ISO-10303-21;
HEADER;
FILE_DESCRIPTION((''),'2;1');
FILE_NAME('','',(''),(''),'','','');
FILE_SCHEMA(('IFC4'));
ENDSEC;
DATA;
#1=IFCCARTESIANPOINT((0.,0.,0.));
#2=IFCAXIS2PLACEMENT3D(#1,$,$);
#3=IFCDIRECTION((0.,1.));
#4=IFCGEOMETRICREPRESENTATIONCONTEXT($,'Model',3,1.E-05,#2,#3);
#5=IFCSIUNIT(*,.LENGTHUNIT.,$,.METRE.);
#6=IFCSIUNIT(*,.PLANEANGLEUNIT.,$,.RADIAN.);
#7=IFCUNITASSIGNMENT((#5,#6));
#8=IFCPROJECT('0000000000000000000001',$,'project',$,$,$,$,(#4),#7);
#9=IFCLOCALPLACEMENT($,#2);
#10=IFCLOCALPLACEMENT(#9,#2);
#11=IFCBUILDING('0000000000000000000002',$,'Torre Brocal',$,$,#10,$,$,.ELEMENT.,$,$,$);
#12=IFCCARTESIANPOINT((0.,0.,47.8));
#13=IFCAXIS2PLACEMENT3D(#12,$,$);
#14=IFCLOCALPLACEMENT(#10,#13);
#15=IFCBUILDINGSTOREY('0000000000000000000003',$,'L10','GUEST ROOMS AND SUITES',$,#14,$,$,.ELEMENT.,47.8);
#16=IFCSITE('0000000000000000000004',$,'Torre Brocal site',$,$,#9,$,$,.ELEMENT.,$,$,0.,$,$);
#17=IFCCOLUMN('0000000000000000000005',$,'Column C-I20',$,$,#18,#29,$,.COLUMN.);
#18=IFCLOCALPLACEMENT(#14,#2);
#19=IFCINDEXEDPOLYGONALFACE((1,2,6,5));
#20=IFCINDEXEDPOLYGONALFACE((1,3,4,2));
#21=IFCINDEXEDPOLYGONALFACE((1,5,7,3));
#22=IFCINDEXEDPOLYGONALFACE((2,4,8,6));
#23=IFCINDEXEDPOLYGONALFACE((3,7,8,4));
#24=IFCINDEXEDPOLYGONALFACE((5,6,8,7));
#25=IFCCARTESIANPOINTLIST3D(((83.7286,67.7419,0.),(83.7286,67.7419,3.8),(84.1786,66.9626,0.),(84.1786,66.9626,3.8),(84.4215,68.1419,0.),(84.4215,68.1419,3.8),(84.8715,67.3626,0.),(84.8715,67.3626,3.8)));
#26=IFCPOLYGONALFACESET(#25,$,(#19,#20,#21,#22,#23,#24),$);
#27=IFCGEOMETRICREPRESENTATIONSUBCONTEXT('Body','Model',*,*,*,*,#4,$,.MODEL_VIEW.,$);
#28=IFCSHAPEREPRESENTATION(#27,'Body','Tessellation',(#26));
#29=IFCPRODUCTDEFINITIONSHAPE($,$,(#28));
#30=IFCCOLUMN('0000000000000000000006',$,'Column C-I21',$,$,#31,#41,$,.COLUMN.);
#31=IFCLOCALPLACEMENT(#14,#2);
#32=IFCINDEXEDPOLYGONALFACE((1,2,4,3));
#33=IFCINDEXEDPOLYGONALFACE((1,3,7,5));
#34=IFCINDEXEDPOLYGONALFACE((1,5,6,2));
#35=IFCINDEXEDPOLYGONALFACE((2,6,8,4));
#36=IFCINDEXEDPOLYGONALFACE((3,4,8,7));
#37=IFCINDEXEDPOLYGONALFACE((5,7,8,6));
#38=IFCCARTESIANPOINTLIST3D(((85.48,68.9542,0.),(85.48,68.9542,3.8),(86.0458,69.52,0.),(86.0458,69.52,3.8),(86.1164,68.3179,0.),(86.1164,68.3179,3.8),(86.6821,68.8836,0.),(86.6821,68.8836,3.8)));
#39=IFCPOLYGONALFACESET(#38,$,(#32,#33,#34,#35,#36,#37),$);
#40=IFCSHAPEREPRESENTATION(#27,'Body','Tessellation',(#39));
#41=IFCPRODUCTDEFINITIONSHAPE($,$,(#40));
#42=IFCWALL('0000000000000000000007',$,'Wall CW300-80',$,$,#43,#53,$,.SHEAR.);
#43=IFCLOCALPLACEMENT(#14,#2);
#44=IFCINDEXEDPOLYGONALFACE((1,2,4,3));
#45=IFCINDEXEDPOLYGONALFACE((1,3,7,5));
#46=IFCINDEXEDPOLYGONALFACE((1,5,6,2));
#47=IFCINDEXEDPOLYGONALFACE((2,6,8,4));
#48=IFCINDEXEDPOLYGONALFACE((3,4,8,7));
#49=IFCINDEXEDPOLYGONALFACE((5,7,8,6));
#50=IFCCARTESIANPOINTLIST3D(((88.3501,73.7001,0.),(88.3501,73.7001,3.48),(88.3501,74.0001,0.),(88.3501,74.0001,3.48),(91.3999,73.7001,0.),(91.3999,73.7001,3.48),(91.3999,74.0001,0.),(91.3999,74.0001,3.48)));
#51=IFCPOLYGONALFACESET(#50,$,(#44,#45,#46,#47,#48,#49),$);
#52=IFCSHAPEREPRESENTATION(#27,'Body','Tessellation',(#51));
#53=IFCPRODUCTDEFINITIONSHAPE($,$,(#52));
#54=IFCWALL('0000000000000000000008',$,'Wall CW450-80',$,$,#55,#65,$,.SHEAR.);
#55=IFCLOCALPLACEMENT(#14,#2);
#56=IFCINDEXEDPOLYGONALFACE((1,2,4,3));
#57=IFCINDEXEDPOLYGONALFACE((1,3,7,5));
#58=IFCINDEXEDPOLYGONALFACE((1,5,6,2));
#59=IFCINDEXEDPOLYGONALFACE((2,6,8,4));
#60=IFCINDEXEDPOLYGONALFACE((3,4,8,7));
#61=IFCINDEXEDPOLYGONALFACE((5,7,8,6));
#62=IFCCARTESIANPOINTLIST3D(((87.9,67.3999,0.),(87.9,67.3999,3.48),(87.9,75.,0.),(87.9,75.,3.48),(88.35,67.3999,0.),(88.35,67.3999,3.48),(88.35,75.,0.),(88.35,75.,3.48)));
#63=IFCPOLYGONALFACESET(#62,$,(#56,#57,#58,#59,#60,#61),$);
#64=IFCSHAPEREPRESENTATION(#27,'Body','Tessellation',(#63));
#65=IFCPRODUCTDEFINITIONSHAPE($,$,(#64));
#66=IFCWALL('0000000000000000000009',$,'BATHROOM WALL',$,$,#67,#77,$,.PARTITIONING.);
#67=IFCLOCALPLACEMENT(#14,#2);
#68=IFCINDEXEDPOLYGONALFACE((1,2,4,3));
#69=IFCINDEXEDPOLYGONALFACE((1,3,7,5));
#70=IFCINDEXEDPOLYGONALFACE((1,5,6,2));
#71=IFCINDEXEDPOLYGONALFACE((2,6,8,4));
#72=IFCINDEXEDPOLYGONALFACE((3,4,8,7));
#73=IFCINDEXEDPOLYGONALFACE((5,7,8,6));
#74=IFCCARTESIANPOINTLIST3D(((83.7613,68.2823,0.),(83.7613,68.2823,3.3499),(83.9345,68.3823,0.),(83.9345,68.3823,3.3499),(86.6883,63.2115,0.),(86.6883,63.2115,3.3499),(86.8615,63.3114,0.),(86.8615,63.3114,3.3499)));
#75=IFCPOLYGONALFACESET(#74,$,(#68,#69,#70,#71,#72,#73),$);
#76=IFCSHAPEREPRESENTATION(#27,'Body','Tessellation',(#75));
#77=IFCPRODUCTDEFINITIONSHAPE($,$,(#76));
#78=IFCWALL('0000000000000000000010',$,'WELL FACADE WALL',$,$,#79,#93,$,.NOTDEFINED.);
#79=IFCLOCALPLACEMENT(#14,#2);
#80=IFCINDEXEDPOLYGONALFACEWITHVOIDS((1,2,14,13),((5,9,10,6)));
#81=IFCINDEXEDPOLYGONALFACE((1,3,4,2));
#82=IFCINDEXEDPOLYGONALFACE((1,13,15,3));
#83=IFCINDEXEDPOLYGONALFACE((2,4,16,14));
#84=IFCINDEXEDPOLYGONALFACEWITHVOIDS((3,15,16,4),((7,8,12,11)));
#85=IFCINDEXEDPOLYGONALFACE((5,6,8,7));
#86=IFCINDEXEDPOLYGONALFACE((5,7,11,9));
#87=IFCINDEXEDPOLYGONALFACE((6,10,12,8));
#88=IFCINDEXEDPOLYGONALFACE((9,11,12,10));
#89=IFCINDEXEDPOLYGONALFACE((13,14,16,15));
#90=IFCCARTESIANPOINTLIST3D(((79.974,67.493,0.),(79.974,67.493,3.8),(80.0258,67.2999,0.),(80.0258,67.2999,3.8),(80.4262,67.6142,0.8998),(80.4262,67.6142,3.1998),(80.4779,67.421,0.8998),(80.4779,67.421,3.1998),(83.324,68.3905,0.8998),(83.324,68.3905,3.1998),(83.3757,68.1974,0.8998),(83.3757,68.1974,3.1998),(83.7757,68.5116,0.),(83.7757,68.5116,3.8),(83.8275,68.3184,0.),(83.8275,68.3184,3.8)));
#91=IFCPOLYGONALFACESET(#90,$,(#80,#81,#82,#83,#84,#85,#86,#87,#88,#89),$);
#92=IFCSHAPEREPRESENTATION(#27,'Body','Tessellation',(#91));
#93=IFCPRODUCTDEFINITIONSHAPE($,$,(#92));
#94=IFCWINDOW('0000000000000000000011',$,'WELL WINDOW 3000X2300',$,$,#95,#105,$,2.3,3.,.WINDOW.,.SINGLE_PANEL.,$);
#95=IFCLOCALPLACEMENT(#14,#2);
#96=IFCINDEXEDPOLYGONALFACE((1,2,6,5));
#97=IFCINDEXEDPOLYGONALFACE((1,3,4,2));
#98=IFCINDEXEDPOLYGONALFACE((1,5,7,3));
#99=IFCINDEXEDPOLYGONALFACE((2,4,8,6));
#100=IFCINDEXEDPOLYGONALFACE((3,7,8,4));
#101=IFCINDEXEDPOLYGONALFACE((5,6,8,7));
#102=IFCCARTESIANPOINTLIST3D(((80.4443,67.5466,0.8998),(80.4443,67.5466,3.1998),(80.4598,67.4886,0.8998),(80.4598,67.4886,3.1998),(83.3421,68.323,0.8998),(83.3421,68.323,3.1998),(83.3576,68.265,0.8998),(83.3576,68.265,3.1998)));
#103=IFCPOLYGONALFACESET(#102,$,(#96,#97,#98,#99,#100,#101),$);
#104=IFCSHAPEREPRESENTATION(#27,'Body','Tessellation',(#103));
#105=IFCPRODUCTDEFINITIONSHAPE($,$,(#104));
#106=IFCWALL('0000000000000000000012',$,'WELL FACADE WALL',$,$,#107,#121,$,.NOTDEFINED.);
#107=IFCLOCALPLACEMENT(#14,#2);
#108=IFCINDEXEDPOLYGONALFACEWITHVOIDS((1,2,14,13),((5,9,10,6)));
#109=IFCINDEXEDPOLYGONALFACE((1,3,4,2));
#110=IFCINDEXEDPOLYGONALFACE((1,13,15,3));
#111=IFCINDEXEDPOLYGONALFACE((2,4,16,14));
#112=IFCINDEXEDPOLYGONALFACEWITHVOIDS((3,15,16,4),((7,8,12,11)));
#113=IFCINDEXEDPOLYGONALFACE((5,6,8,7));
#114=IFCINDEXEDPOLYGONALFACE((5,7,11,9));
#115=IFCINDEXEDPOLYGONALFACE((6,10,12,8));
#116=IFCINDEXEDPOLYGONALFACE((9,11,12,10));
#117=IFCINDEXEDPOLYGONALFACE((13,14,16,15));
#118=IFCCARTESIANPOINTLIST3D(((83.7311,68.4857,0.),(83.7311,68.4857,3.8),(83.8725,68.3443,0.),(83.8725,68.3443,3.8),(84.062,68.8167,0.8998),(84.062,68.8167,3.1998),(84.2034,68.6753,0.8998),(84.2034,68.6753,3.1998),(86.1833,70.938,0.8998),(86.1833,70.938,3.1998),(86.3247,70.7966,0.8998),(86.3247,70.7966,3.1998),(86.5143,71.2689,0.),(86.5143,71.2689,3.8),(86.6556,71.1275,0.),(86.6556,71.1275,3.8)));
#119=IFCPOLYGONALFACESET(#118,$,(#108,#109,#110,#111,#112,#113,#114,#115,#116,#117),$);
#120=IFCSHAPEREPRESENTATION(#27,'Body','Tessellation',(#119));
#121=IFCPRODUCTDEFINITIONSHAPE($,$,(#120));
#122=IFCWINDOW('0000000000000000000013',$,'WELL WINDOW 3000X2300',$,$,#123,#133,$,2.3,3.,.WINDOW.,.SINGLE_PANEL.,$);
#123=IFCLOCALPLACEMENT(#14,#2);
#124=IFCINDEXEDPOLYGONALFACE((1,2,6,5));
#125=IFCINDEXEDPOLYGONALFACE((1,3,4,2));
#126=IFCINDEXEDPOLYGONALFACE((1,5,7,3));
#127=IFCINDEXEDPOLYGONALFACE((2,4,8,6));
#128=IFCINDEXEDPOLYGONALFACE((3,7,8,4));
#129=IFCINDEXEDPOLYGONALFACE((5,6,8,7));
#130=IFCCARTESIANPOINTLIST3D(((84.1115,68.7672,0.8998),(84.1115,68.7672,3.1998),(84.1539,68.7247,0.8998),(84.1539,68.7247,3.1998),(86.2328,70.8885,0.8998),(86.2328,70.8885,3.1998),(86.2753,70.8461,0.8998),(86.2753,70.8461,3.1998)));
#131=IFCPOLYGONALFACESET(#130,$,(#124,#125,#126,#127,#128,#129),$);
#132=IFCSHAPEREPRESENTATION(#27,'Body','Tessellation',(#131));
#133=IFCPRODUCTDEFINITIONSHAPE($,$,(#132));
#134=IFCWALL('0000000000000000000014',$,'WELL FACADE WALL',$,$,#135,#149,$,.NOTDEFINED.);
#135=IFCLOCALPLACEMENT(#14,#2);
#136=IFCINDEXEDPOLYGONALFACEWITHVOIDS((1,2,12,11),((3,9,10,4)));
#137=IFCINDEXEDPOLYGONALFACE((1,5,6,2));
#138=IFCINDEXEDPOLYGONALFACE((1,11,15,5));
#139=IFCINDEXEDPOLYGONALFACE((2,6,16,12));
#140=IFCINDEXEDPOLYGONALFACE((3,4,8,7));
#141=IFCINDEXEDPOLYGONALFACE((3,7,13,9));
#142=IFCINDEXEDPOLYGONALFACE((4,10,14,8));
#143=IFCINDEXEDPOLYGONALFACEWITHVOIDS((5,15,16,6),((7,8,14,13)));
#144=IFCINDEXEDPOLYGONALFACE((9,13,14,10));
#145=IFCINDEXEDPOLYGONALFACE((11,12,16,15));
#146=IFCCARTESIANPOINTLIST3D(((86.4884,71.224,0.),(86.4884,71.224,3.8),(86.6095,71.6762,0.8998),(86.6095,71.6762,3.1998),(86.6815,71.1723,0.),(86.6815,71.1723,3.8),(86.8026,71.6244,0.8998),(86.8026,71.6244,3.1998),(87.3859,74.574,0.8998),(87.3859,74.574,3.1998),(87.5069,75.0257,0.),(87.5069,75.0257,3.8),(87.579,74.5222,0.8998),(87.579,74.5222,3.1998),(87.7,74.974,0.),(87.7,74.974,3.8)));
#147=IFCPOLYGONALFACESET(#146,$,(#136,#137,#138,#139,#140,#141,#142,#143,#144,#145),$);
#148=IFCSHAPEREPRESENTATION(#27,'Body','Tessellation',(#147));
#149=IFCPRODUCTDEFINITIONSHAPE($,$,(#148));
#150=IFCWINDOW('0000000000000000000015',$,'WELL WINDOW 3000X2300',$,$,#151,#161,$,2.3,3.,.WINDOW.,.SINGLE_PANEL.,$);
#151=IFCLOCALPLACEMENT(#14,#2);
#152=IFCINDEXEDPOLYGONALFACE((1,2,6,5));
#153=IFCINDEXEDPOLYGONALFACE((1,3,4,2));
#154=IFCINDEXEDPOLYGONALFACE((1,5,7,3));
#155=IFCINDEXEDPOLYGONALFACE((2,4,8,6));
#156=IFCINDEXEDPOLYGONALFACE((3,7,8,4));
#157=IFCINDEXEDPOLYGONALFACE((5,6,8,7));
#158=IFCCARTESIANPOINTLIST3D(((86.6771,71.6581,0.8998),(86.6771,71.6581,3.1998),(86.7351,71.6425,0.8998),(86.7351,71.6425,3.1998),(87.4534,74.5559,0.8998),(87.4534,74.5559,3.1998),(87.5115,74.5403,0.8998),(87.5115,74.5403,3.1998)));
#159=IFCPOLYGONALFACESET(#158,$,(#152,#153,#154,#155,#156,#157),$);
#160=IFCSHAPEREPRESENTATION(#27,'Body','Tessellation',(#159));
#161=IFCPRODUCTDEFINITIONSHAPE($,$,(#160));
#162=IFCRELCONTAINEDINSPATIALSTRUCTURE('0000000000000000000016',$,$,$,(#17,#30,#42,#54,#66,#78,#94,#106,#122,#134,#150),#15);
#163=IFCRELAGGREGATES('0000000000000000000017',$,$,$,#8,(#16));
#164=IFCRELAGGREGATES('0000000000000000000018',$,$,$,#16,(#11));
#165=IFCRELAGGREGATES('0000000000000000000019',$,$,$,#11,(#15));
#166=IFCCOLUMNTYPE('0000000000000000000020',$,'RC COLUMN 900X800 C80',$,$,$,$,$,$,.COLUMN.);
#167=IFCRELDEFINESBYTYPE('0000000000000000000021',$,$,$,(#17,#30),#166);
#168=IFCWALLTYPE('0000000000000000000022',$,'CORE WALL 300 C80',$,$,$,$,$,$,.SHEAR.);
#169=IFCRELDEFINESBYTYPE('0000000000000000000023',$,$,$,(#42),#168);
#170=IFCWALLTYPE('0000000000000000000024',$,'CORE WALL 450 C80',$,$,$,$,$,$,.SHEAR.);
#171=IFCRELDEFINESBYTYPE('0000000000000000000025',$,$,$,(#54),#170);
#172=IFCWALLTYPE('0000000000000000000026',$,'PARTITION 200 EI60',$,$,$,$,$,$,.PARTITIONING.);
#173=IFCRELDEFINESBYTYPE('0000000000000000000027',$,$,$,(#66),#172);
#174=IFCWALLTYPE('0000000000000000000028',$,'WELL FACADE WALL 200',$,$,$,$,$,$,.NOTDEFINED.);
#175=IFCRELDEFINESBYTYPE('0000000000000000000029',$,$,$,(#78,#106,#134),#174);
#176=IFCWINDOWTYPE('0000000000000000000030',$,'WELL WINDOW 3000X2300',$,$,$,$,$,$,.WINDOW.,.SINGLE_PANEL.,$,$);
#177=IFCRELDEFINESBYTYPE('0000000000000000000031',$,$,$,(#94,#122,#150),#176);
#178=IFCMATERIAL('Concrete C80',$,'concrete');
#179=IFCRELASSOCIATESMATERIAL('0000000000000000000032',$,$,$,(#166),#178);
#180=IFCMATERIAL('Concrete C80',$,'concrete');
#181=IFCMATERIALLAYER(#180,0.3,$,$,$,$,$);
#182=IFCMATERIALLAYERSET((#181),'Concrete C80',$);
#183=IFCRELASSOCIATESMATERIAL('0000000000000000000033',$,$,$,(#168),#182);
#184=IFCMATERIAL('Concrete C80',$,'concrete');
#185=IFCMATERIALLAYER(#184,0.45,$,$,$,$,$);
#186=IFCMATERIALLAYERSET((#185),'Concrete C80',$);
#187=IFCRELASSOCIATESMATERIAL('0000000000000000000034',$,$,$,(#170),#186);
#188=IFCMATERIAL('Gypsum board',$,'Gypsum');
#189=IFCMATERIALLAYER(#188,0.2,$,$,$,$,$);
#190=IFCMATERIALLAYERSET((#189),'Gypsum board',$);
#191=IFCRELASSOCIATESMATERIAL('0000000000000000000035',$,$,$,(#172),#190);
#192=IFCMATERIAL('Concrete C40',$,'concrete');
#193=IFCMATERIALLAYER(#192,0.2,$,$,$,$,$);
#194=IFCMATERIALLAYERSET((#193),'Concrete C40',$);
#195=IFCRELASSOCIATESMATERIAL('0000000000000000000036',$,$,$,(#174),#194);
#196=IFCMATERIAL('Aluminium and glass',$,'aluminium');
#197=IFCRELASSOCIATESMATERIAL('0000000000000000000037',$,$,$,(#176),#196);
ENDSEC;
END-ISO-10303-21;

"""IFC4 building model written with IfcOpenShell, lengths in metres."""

from ifc_helpers import new_model, si_unit, direction, frame, frame_2d, origin, origin_2d, place, context, subcontext, project, spatial, rectangle, extrude, material, layer, layer_set, material_profile, profile_set, type_object, element, fill, save


model = new_model("IFC4")

# Units and contexts
model_context = context("Model", 3, precision=1e-05, world=origin(), true_north=direction((0.0, 1.0)))
body_context = subcontext(model_context, "Body", "Model", "MODEL_VIEW")
ifc_project = project(units=[si_unit("LENGTHUNIT", "METRE"), si_unit("PLANEANGLEUNIT", "RADIAN")], contexts=[model_context])

# Site, building, storey
site_placement = place(None, origin())
site = spatial("IfcSite", under=ifc_project, at=site_placement, Name="Torre Brocal site", CompositionType="ELEMENT", RefElevation=0.0)
building_placement = place(site_placement, origin())
building = spatial("IfcBuilding", under=site, at=building_placement, Name="Torre Brocal", CompositionType="ELEMENT")
storey_placement = place(building_placement, frame((0.0, 0.0, 47.8)))
storey = spatial("IfcBuildingStorey", under=building, at=storey_placement, Name="L10", Description="GUEST ROOMS AND SUITES", CompositionType="ELEMENT", Elevation=47.8)

# Columns
ifc_material_1 = material(Name="Concrete C80", Category="concrete")
ifc_material_profile = material_profile(ifc_material_1, rectangle(XDim=0.8999, YDim=0.8, at=origin_2d()), Name="RC 900X800")
ifc_profile_set = profile_set([ifc_material_profile], Name="Concrete C80")
column_type = type_object("IfcColumnType", Name="RC COLUMN 900X800 C80", PredefinedType="COLUMN", material=ifc_profile_set)
for number, where, z_axis, x_axis, name in (
    (1, (84.3, 67.5522, 0.0), (0.0, 0.0, 1.0), (0.5, -0.866025, 0.0), "Column C-I20"),
    (2, (86.0811, 68.9189, 0.0), (0.0, 0.0, 1.0), (0.707107, -0.707107, 0.0), "Column C-I21"),
):
    element("IfcColumn", number, at=place(storey_placement, frame(where, z_axis=z_axis, x_axis=x_axis)), inside=storey, type_object=column_type, Name=name, PredefinedType="COLUMN", context=body_context, shape_type="SweptSolid", body=[
        extrude(rectangle(XDim=0.8999, YDim=0.8, at=origin_2d()), origin(), (0.0, 0.0, 1.0), 3.8),
    ])

# Walls
ifc_material_2 = material(Name="Concrete C80", Category="concrete")
ifc_layer_1 = layer(ifc_material_2, 0.3)
ifc_layer_set_1 = layer_set([ifc_layer_1], Name="Concrete C80")
wall_type_1 = type_object("IfcWallType", Name="CORE WALL 300 C80", PredefinedType="SHEAR", material=ifc_layer_set_1)
wall_1_placement = place(storey_placement, frame((88.3501, 73.8501, 0.0), z_axis=(0.0, 0.0, 1.0), x_axis=(1.0, 0.0, 0.0)))
element("IfcWall", 3, at=wall_1_placement, inside=storey, type_object=wall_type_1, Name="Wall CW300-80", PredefinedType="SHEAR", context=body_context, shape_type="SweptSolid", body=[
    extrude(rectangle(XDim=3.0498, YDim=0.3, at=frame_2d((1.5249, 0.0))), origin(), (0.0, 0.0, 1.0), 3.48),
])
ifc_material_3 = material(Name="Concrete C80", Category="concrete")
ifc_layer_2 = layer(ifc_material_3, 0.45)
ifc_layer_set_2 = layer_set([ifc_layer_2], Name="Concrete C80")
wall_type_2 = type_object("IfcWallType", Name="CORE WALL 450 C80", PredefinedType="SHEAR", material=ifc_layer_set_2)
wall_2_placement = place(storey_placement, frame((88.125, 67.3999, 0.0), z_axis=(0.0, 0.0, 1.0), x_axis=(0.0, 1.0, 0.0)))
element("IfcWall", 4, at=wall_2_placement, inside=storey, type_object=wall_type_2, Name="Wall CW450-80", PredefinedType="SHEAR", context=body_context, shape_type="SweptSolid", body=[
    extrude(rectangle(XDim=7.6001, YDim=0.45, at=frame_2d((3.8, 0.0))), origin(), (0.0, 0.0, 1.0), 3.48),
])

# Wall
ifc_material_4 = material(Name="Gypsum board", Category="Gypsum")
ifc_layer_3 = layer(ifc_material_4, 0.2)
ifc_layer_set_3 = layer_set([ifc_layer_3], Name="Gypsum board")
wall_type_3 = type_object("IfcWallType", Name="PARTITION 200 EI60", PredefinedType="PARTITIONING", material=ifc_layer_set_3)
wall_3_placement = place(storey_placement, frame((83.8479, 68.3323, 0.0), z_axis=(0.0, 0.0, 1.0), x_axis=(0.49992, -0.866072, 0.0)))
element("IfcWall", 5, at=wall_3_placement, inside=storey, type_object=wall_type_3, Name="BATHROOM WALL", PredefinedType="PARTITIONING", context=body_context, shape_type="SweptSolid", body=[
    extrude(rectangle(XDim=5.855, YDim=0.2, at=frame_2d((2.9275, 0.0))), origin(), (0.0, 0.0, 1.0), 3.3499),
])

# Walls, openings, windows
ifc_material_5 = material(Name="Concrete C40", Category="concrete")
ifc_layer_4 = layer(ifc_material_5, 0.2)
ifc_layer_set_4 = layer_set([ifc_layer_4], Name="Concrete C40")
wall_type_4 = type_object("IfcWallType", Name="WELL FACADE WALL 200", PredefinedType="NOTDEFINED", material=ifc_layer_set_4)
wall_4_placement = place(storey_placement, frame((80.0, 67.3965, 0.0), z_axis=(0.0, 0.0, 1.0), x_axis=(0.965934, 0.25879, 0.0)))
wall_4 = element("IfcWall", 6, at=wall_4_placement, inside=storey, type_object=wall_type_4, Name="WELL FACADE WALL", PredefinedType="NOTDEFINED", context=body_context, shape_type="SweptSolid", body=[
    extrude(rectangle(XDim=3.9358, YDim=0.2, at=frame_2d((1.9678, 0.0))), origin(), (0.0, 0.0, 1.0), 3.8),
])
opening_1_placement = place(wall_4_placement, frame((0.468, 0.0, 0.8999)))
opening_1 = element("IfcOpeningElement", 7, at=opening_1_placement, cuts=wall_4, PredefinedType="OPENING", context=body_context, shape_type="SweptSolid", body=[
    extrude(rectangle(XDim=3.0, YDim=2.3, at=frame_2d((1.5, 1.1499))), frame((0.0, 0.1099, 0.0), z_axis=(0.0, -1.0, 0.0), x_axis=(1.0, 0.0, 0.0)), (0.0, 0.0, 1.0), 0.22),
])
ifc_material_6 = material(Name="Aluminium and glass", Category="aluminium")
window_type = type_object("IfcWindowType", Name="WELL WINDOW 3000X2300", PartitioningType="SINGLE_PANEL", PredefinedType="WINDOW", material=ifc_material_6)
window_1_placement = place(opening_1_placement, origin())
window_1 = element("IfcWindow", 8, at=window_1_placement, inside=storey, type_object=window_type, Name="WELL WINDOW 3000X2300", OverallHeight=2.3, OverallWidth=3.0, PartitioningType="SINGLE_PANEL", PredefinedType="WINDOW", context=body_context, shape_type="SweptSolid", body=[
    extrude(rectangle(XDim=3.0, YDim=2.3, at=frame_2d((1.5, 1.1499))), frame((0.0, 0.03, 0.0), z_axis=(0.0, -1.0, 0.0), x_axis=(1.0, 0.0, 0.0)), (0.0, 0.0, 1.0), 0.0601),
])
fill(opening_1, window_1)
wall_5_placement = place(storey_placement, frame((83.8018, 68.415, 0.0), z_axis=(0.0, 0.0, 1.0), x_axis=(0.707107, 0.707107, 0.0)))
wall_5 = element("IfcWall", 9, at=wall_5_placement, inside=storey, type_object=wall_type_4, Name="WELL FACADE WALL", PredefinedType="NOTDEFINED", context=body_context, shape_type="SweptSolid", body=[
    extrude(rectangle(XDim=3.936, YDim=0.2, at=frame_2d((1.968, 0.0))), origin(), (0.0, 0.0, 1.0), 3.8),
])
opening_2_placement = place(wall_5_placement, frame((0.468, 0.0, 0.8999)))
opening_2 = element("IfcOpeningElement", 10, at=opening_2_placement, cuts=wall_5, PredefinedType="OPENING", context=body_context, shape_type="SweptSolid", body=[
    extrude(rectangle(XDim=3.0, YDim=2.3, at=frame_2d((1.5, 1.1499))), frame((0.0, 0.1099, 0.0), z_axis=(0.0, -1.0, 0.0), x_axis=(1.0, 0.0, 0.0)), (0.0, 0.0, 1.0), 0.22),
])
window_2_placement = place(opening_2_placement, origin())
window_2 = element("IfcWindow", 11, at=window_2_placement, inside=storey, type_object=window_type, Name="WELL WINDOW 3000X2300", OverallHeight=2.3, OverallWidth=3.0, PartitioningType="SINGLE_PANEL", PredefinedType="WINDOW", context=body_context, shape_type="SweptSolid", body=[
    extrude(rectangle(XDim=3.0, YDim=2.3, at=frame_2d((1.5, 1.1499))), frame((0.0, 0.03, 0.0), z_axis=(0.0, -1.0, 0.0), x_axis=(1.0, 0.0, 0.0)), (0.0, 0.0, 1.0), 0.0601),
])
fill(opening_2, window_2)
wall_6_placement = place(storey_placement, frame((86.585, 71.1982, 0.0), z_axis=(0.0, 0.0, 1.0), x_axis=(0.25879, 0.965934, 0.0)))
wall_6 = element("IfcWall", 12, at=wall_6_placement, inside=storey, type_object=wall_type_4, Name="WELL FACADE WALL", PredefinedType="NOTDEFINED", context=body_context, shape_type="SweptSolid", body=[
    extrude(rectangle(XDim=3.9358, YDim=0.2, at=frame_2d((1.9678, 0.0))), origin(), (0.0, 0.0, 1.0), 3.8),
])
opening_3_placement = place(wall_6_placement, frame((0.468, 0.0, 0.8999)))
opening_3 = element("IfcOpeningElement", 13, at=opening_3_placement, cuts=wall_6, PredefinedType="OPENING", context=body_context, shape_type="SweptSolid", body=[
    extrude(rectangle(XDim=3.0, YDim=2.3, at=frame_2d((1.5, 1.1499))), frame((0.0, 0.1099, 0.0), z_axis=(0.0, -1.0, 0.0), x_axis=(1.0, 0.0, 0.0)), (0.0, 0.0, 1.0), 0.22),
])
window_3_placement = place(opening_3_placement, origin())
window_3 = element("IfcWindow", 14, at=window_3_placement, inside=storey, type_object=window_type, Name="WELL WINDOW 3000X2300", OverallHeight=2.3, OverallWidth=3.0, PartitioningType="SINGLE_PANEL", PredefinedType="WINDOW", context=body_context, shape_type="SweptSolid", body=[
    extrude(rectangle(XDim=3.0, YDim=2.3, at=frame_2d((1.5, 1.1499))), frame((0.0, 0.03, 0.0), z_axis=(0.0, -1.0, 0.0), x_axis=(1.0, 0.0, 0.0)), (0.0, 0.0, 1.0), 0.0601),
])
fill(opening_3, window_3)

save(model, "model.ifc")
